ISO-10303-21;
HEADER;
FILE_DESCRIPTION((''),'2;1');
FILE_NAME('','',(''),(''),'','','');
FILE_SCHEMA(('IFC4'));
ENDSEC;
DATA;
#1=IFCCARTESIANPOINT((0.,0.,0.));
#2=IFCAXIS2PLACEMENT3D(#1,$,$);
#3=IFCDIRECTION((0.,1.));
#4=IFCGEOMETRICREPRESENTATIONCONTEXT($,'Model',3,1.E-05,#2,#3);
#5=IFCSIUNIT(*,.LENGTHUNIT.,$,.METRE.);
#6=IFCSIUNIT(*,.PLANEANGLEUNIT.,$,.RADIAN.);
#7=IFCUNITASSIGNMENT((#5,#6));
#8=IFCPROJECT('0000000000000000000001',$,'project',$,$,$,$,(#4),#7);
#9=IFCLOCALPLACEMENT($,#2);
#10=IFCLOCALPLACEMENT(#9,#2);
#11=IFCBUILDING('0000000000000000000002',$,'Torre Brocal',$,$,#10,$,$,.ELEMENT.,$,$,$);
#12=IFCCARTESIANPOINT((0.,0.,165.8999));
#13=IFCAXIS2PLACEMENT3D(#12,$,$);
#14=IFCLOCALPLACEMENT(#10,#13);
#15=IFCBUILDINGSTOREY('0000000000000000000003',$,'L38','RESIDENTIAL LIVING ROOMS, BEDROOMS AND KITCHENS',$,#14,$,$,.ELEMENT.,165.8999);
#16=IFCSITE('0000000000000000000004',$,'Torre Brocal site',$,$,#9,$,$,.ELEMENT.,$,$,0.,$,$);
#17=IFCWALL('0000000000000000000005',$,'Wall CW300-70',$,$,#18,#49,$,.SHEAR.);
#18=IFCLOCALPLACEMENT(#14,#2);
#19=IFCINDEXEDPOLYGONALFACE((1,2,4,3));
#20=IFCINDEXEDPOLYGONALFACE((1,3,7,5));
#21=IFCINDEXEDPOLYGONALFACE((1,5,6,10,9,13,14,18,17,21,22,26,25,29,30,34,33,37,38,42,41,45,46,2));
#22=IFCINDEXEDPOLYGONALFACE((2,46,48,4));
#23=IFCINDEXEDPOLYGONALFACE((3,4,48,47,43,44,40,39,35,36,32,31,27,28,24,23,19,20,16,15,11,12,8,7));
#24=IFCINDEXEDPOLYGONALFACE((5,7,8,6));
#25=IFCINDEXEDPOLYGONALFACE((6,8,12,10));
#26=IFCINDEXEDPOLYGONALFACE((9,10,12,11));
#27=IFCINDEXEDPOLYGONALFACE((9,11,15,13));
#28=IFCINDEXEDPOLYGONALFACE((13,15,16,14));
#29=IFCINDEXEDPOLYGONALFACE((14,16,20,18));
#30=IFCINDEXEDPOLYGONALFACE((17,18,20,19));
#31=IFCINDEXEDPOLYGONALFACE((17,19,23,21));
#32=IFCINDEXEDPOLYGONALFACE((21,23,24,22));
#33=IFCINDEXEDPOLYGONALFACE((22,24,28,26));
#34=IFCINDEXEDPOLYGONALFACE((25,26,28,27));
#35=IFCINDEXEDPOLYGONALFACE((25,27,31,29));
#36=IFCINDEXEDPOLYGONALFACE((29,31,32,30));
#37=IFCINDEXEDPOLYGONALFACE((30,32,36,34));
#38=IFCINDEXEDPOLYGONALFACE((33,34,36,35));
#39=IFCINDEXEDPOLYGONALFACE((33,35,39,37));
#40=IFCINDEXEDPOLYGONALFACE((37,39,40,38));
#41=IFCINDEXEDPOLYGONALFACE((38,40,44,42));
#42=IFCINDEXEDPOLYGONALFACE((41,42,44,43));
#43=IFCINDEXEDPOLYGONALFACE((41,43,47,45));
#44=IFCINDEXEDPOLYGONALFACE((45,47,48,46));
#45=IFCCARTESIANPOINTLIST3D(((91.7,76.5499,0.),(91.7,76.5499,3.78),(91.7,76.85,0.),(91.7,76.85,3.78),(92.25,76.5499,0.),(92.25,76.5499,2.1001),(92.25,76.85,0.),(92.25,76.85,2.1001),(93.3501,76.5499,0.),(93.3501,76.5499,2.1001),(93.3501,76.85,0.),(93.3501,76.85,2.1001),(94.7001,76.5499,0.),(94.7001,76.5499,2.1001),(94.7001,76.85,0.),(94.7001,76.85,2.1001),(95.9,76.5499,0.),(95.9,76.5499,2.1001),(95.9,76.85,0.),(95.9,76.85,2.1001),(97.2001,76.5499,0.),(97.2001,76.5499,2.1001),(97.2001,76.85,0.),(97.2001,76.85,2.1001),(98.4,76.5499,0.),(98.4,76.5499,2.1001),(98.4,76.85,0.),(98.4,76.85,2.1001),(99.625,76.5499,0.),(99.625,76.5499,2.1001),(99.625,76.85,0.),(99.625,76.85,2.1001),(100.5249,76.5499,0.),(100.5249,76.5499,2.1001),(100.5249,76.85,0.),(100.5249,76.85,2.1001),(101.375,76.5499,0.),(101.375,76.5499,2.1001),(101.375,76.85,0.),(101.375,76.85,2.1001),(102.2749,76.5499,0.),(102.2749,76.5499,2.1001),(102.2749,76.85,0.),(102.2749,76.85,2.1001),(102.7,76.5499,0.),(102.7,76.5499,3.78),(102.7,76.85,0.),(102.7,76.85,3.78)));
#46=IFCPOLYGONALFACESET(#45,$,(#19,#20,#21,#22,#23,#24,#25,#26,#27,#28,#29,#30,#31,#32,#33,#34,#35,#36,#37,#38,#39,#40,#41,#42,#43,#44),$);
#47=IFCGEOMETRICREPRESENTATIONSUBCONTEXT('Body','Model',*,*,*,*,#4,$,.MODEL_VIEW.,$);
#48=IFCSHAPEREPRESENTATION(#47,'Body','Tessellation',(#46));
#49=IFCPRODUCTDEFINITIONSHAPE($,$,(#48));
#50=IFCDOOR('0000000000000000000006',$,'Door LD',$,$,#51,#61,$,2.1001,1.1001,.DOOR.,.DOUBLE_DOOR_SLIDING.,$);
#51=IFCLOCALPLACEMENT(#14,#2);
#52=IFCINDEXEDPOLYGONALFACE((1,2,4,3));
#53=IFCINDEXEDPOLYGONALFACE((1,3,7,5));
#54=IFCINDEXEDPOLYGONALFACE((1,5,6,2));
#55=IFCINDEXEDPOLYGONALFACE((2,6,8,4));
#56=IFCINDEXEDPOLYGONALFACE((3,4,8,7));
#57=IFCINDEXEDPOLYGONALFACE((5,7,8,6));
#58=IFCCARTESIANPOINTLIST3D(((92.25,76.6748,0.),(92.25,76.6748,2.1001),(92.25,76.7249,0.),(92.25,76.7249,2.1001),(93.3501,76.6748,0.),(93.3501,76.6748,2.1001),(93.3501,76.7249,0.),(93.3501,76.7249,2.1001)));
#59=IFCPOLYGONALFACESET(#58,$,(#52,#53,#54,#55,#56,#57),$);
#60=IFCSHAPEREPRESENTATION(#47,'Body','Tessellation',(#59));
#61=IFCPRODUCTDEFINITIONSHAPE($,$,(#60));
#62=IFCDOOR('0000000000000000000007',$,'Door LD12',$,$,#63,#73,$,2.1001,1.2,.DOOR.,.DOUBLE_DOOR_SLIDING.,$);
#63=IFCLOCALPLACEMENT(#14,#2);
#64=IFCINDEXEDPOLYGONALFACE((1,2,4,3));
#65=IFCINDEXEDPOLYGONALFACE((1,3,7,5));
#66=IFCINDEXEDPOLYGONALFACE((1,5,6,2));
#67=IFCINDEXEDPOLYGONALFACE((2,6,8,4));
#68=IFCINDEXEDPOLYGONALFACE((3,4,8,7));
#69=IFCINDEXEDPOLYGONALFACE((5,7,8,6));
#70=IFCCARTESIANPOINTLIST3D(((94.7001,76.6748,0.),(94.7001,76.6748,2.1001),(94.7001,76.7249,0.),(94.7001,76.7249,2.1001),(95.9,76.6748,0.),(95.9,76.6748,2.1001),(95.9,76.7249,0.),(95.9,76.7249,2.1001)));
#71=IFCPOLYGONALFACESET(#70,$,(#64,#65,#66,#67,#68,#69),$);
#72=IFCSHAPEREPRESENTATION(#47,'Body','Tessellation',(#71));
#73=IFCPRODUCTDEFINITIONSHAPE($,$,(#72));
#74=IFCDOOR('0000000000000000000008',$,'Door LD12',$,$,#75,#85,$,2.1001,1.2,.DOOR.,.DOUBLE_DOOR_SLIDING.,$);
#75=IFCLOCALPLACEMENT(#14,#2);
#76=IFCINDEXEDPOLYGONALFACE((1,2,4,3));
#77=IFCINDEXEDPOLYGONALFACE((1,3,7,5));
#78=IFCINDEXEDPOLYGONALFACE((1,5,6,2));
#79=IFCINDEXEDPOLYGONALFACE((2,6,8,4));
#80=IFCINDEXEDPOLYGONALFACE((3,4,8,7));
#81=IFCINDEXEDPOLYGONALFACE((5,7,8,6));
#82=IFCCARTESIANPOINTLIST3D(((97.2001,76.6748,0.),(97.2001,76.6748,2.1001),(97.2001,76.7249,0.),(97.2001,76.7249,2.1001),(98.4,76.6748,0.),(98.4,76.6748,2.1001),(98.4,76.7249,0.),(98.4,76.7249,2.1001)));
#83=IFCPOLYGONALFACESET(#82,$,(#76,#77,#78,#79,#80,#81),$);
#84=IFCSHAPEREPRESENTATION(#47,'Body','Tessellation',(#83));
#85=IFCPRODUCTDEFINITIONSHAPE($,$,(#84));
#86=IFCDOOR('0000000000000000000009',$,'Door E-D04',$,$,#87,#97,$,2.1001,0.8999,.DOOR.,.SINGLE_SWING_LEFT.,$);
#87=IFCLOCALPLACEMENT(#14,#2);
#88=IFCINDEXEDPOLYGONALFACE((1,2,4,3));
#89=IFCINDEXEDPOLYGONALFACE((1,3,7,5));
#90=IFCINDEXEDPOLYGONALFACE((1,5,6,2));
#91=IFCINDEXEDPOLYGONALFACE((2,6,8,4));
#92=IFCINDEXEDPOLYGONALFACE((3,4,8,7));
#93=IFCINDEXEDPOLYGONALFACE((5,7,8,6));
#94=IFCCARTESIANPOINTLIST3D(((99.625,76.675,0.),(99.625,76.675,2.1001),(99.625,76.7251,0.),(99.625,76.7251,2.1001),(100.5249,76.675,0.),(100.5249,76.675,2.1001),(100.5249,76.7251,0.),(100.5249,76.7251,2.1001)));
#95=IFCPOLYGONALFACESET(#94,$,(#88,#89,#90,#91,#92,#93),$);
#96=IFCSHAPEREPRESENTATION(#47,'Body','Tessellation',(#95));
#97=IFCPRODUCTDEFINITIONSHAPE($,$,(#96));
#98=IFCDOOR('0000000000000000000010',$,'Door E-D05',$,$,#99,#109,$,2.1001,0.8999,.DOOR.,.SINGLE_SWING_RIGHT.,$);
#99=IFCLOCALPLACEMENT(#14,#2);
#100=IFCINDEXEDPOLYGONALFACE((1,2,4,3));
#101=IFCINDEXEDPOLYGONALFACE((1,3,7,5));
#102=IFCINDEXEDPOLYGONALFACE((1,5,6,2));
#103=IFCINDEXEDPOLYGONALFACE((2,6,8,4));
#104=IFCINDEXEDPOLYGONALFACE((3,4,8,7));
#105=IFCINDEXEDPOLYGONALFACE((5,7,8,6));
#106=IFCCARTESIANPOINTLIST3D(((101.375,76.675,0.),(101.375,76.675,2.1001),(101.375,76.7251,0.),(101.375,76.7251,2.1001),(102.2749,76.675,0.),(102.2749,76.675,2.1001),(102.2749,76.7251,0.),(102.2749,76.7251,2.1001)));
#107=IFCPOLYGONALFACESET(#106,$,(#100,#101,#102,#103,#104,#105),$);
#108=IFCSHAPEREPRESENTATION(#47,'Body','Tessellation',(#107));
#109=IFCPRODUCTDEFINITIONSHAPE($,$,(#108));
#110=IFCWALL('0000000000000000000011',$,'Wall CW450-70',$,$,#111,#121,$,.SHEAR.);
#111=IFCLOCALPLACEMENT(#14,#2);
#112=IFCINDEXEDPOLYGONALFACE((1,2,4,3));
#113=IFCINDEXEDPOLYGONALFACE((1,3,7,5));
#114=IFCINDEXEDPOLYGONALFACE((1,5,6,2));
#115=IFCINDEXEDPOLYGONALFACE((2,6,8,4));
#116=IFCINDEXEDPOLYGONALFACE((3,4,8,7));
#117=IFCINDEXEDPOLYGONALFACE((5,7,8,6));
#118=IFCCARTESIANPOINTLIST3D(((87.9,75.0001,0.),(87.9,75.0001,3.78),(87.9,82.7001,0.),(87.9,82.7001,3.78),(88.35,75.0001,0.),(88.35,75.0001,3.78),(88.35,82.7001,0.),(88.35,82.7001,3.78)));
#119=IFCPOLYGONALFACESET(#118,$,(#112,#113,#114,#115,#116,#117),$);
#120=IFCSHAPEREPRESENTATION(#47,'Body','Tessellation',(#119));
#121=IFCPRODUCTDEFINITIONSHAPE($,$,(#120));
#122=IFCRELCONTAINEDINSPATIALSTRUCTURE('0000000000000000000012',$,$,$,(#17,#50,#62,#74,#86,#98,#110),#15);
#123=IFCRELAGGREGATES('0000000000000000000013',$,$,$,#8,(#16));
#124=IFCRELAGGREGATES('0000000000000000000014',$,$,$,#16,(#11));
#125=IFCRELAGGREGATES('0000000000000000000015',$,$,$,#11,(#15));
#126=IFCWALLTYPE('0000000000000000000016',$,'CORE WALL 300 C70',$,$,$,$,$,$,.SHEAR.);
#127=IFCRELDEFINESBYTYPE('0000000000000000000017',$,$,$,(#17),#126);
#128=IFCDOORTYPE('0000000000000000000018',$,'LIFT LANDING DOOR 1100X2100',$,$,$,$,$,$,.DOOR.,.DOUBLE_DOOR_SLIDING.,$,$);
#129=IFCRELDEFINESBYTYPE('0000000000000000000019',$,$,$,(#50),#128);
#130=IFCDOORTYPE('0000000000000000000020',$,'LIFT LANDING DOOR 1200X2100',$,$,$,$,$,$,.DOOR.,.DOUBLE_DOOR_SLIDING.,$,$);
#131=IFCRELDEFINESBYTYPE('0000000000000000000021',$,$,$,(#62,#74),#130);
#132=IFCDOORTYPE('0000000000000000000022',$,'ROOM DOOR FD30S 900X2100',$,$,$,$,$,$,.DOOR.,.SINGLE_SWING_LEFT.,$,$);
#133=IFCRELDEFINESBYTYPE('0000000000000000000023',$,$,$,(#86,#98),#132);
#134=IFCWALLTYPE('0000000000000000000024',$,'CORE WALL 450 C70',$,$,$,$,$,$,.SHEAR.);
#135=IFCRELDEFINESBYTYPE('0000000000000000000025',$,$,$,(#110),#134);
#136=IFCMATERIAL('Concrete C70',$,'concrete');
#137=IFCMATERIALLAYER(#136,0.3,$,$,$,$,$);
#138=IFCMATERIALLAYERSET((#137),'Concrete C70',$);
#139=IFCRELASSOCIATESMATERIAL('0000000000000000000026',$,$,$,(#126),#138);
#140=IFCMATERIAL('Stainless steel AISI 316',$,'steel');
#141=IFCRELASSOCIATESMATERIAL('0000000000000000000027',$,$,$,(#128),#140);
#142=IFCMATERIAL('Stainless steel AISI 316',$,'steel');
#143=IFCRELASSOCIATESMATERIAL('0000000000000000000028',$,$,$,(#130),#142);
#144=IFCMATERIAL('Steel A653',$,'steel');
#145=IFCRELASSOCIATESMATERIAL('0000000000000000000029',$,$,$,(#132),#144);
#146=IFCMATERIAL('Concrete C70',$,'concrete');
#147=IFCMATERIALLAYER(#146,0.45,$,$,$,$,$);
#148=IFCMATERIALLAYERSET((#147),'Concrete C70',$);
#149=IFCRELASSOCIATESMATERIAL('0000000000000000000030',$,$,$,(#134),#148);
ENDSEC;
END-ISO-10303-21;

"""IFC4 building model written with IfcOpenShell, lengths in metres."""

from ifc_helpers import new_model, si_unit, direction, frame, frame_2d, origin, place, context, subcontext, project, spatial, rectangle, extrude, material, layer, layer_set, type_object, element, fill, save


model = new_model("IFC4")

# Units and contexts
model_context = context("Model", 3, precision=1e-05, world=origin(), true_north=direction((0.0, 1.0)))
body_context = subcontext(model_context, "Body", "Model", "MODEL_VIEW")
ifc_project = project(units=[si_unit("LENGTHUNIT", "METRE"), si_unit("PLANEANGLEUNIT", "RADIAN")], contexts=[model_context])

# Site, building, storey
site_placement = place(None, origin())
site = spatial("IfcSite", under=ifc_project, at=site_placement, Name="Torre Brocal site", CompositionType="ELEMENT", RefElevation=0.0)
building_placement = place(site_placement, origin())
building = spatial("IfcBuilding", under=site, at=building_placement, Name="Torre Brocal", CompositionType="ELEMENT")
storey_placement = place(building_placement, frame((0.0, 0.0, 165.8999)))
storey = spatial("IfcBuildingStorey", under=building, at=storey_placement, Name="L38", Description="RESIDENTIAL LIVING ROOMS, BEDROOMS AND KITCHENS", CompositionType="ELEMENT", Elevation=165.8999)

# Shared definitions
ifc_material_1 = material(Name="Concrete C70", Category="concrete")
ifc_layer_1 = layer(ifc_material_1, 0.3)
ifc_layer_set_1 = layer_set([ifc_layer_1], Name="Concrete C70")
wall_type_1 = type_object("IfcWallType", Name="CORE WALL 300 C70", PredefinedType="SHEAR", material=ifc_layer_set_1)

# Wall, openings, doors
wall_1_placement = place(storey_placement, frame((91.7, 76.7, 0.0), z_axis=(0.0, 0.0, 1.0), x_axis=(1.0, 0.0, 0.0)))
wall_1 = element("IfcWall", 1, at=wall_1_placement, inside=storey, type_object=wall_type_1, Name="Wall CW300-70", PredefinedType="SHEAR", context=body_context, shape_type="SweptSolid", body=[
    extrude(rectangle(XDim=11.0, YDim=0.3, at=frame_2d((5.5, 0.0))), origin(), (0.0, 0.0, 1.0), 3.78),
])
opening_1_placement = place(wall_1_placement, frame((0.55, 0.0, 0.0)))
opening_1 = element("IfcOpeningElement", 2, at=opening_1_placement, cuts=wall_1, PredefinedType="OPENING", context=body_context, shape_type="SweptSolid", body=[
    extrude(rectangle(XDim=1.1001, YDim=2.1001, at=frame_2d((0.55, 1.05))), frame((0.0, 0.1599, 0.0), z_axis=(0.0, -1.0, 0.0), x_axis=(1.0, 0.0, 0.0)), (0.0, 0.0, 1.0), 0.3201),
])
opening_2_placement = place(wall_1_placement, frame((3.0, 0.0, 0.0)))
opening_2 = element("IfcOpeningElement", 3, at=opening_2_placement, cuts=wall_1, PredefinedType="OPENING", context=body_context, shape_type="SweptSolid", body=[
    extrude(rectangle(XDim=1.2, YDim=2.1001, at=frame_2d((0.6001, 1.05))), frame((0.0, 0.1599, 0.0), z_axis=(0.0, -1.0, 0.0), x_axis=(1.0, 0.0, 0.0)), (0.0, 0.0, 1.0), 0.3201),
])
opening_3_placement = place(wall_1_placement, frame((5.5, 0.0, 0.0)))
opening_3 = element("IfcOpeningElement", 4, at=opening_3_placement, cuts=wall_1, PredefinedType="OPENING", context=body_context, shape_type="SweptSolid", body=[
    extrude(rectangle(XDim=1.2, YDim=2.1001, at=frame_2d((0.6001, 1.05))), frame((0.0, 0.1599, 0.0), z_axis=(0.0, -1.0, 0.0), x_axis=(1.0, 0.0, 0.0)), (0.0, 0.0, 1.0), 0.3201),
])
opening_4_placement = place(wall_1_placement, frame((7.925, 0.0, 0.0)))
opening_4 = element("IfcOpeningElement", 5, at=opening_4_placement, cuts=wall_1, PredefinedType="OPENING", context=body_context, shape_type="SweptSolid", body=[
    extrude(rectangle(XDim=0.8999, YDim=2.1001, at=frame_2d((0.45, 1.05))), frame((0.0, 0.1599, 0.0), z_axis=(0.0, -1.0, 0.0), x_axis=(1.0, 0.0, 0.0)), (0.0, 0.0, 1.0), 0.3201),
])
opening_5_placement = place(wall_1_placement, frame((9.675, 0.0, 0.0)))
opening_5 = element("IfcOpeningElement", 6, at=opening_5_placement, cuts=wall_1, PredefinedType="OPENING", context=body_context, shape_type="SweptSolid", body=[
    extrude(rectangle(XDim=0.8999, YDim=2.1001, at=frame_2d((0.45, 1.05))), frame((0.0, 0.1599, 0.0), z_axis=(0.0, -1.0, 0.0), x_axis=(1.0, 0.0, 0.0)), (0.0, 0.0, 1.0), 0.3201),
])
ifc_material_2 = material(Name="Stainless steel AISI 316", Category="steel")
door_type_1 = type_object("IfcDoorType", Name="LIFT LANDING DOOR 1100X2100", OperationType="DOUBLE_DOOR_SLIDING", PredefinedType="DOOR", material=ifc_material_2)
door_1_placement = place(opening_1_placement, origin())
door_1 = element("IfcDoor", 7, at=door_1_placement, inside=storey, type_object=door_type_1, Name="Door LD", OperationType="DOUBLE_DOOR_SLIDING", OverallHeight=2.1001, OverallWidth=1.1001, PredefinedType="DOOR", context=body_context, shape_type="SweptSolid", body=[
    extrude(rectangle(XDim=1.1001, YDim=2.1001, at=frame_2d((0.55, 1.05))), frame((0.0, 0.0249, 0.0), z_axis=(0.0, -1.0, 0.0), x_axis=(1.0, 0.0, 0.0)), (0.0, 0.0, 1.0), 0.05),
])
fill(opening_1, door_1)
ifc_material_3 = material(Name="Stainless steel AISI 316", Category="steel")
door_type_2 = type_object("IfcDoorType", Name="LIFT LANDING DOOR 1200X2100", OperationType="DOUBLE_DOOR_SLIDING", PredefinedType="DOOR", material=ifc_material_3)
door_2_placement = place(opening_2_placement, origin())
door_2 = element("IfcDoor", 8, at=door_2_placement, inside=storey, type_object=door_type_2, Name="Door LD12", OperationType="DOUBLE_DOOR_SLIDING", OverallHeight=2.1001, OverallWidth=1.2, PredefinedType="DOOR", context=body_context, shape_type="SweptSolid", body=[
    extrude(rectangle(XDim=1.2, YDim=2.1001, at=frame_2d((0.6001, 1.05))), frame((0.0, 0.0249, 0.0), z_axis=(0.0, -1.0, 0.0), x_axis=(1.0, 0.0, 0.0)), (0.0, 0.0, 1.0), 0.05),
])
fill(opening_2, door_2)
door_3_placement = place(opening_3_placement, origin())
door_3 = element("IfcDoor", 9, at=door_3_placement, inside=storey, type_object=door_type_2, Name="Door LD12", OperationType="DOUBLE_DOOR_SLIDING", OverallHeight=2.1001, OverallWidth=1.2, PredefinedType="DOOR", context=body_context, shape_type="SweptSolid", body=[
    extrude(rectangle(XDim=1.2, YDim=2.1001, at=frame_2d((0.6001, 1.05))), frame((0.0, 0.0249, 0.0), z_axis=(0.0, -1.0, 0.0), x_axis=(1.0, 0.0, 0.0)), (0.0, 0.0, 1.0), 0.05),
])
fill(opening_3, door_3)
ifc_material_4 = material(Name="Steel A653", Category="steel")
door_type_3 = type_object("IfcDoorType", Name="ROOM DOOR FD30S 900X2100", OperationType="SINGLE_SWING_LEFT", PredefinedType="DOOR", material=ifc_material_4)
door_4_placement = place(opening_4_placement, frame((0.8999, 0.0, 0.0), z_axis=(0.0, 0.0, 1.0), x_axis=(-1.0, 0.0, 0.0)))
door_4 = element("IfcDoor", 10, at=door_4_placement, inside=storey, type_object=door_type_3, Name="Door E-D04", OperationType="SINGLE_SWING_LEFT", OverallHeight=2.1001, OverallWidth=0.8999, PredefinedType="DOOR", context=body_context, shape_type="SweptSolid", body=[
    extrude(rectangle(XDim=0.8999, YDim=2.1001, at=frame_2d((0.45, 1.05))), frame((0.0, 0.0249, 0.0), z_axis=(0.0, -1.0, 0.0), x_axis=(1.0, 0.0, 0.0)), (0.0, 0.0, 1.0), 0.05),
])
fill(opening_4, door_4)
door_5_placement = place(opening_5_placement, frame((0.8999, 0.0, 0.0), z_axis=(0.0, 0.0, 1.0), x_axis=(-1.0, 0.0, 0.0)))
door_5 = element("IfcDoor", 11, at=door_5_placement, inside=storey, type_object=door_type_3, Name="Door E-D05", OperationType="SINGLE_SWING_RIGHT", OverallHeight=2.1001, OverallWidth=0.8999, PredefinedType="DOOR", context=body_context, shape_type="SweptSolid", body=[
    extrude(rectangle(XDim=0.8999, YDim=2.1001, at=frame_2d((0.45, 1.05))), frame((0.0, 0.0249, 0.0), z_axis=(0.0, -1.0, 0.0), x_axis=(1.0, 0.0, 0.0)), (0.0, 0.0, 1.0), 0.05),
])
fill(opening_5, door_5)

# Wall
ifc_material_5 = material(Name="Concrete C70", Category="concrete")
ifc_layer_2 = layer(ifc_material_5, 0.45)
ifc_layer_set_2 = layer_set([ifc_layer_2], Name="Concrete C70")
wall_type_2 = type_object("IfcWallType", Name="CORE WALL 450 C70", PredefinedType="SHEAR", material=ifc_layer_set_2)
wall_2_placement = place(storey_placement, frame((88.125, 75.0, 0.0), z_axis=(0.0, 0.0, 1.0), x_axis=(0.0, 1.0, 0.0)))
element("IfcWall", 12, at=wall_2_placement, inside=storey, type_object=wall_type_2, Name="Wall CW450-70", PredefinedType="SHEAR", context=body_context, shape_type="SweptSolid", body=[
    extrude(rectangle(XDim=7.7, YDim=0.45, at=frame_2d((3.8501, 0.0))), origin(), (0.0, 0.0, 1.0), 3.78),
])

save(model, "model.ifc")
